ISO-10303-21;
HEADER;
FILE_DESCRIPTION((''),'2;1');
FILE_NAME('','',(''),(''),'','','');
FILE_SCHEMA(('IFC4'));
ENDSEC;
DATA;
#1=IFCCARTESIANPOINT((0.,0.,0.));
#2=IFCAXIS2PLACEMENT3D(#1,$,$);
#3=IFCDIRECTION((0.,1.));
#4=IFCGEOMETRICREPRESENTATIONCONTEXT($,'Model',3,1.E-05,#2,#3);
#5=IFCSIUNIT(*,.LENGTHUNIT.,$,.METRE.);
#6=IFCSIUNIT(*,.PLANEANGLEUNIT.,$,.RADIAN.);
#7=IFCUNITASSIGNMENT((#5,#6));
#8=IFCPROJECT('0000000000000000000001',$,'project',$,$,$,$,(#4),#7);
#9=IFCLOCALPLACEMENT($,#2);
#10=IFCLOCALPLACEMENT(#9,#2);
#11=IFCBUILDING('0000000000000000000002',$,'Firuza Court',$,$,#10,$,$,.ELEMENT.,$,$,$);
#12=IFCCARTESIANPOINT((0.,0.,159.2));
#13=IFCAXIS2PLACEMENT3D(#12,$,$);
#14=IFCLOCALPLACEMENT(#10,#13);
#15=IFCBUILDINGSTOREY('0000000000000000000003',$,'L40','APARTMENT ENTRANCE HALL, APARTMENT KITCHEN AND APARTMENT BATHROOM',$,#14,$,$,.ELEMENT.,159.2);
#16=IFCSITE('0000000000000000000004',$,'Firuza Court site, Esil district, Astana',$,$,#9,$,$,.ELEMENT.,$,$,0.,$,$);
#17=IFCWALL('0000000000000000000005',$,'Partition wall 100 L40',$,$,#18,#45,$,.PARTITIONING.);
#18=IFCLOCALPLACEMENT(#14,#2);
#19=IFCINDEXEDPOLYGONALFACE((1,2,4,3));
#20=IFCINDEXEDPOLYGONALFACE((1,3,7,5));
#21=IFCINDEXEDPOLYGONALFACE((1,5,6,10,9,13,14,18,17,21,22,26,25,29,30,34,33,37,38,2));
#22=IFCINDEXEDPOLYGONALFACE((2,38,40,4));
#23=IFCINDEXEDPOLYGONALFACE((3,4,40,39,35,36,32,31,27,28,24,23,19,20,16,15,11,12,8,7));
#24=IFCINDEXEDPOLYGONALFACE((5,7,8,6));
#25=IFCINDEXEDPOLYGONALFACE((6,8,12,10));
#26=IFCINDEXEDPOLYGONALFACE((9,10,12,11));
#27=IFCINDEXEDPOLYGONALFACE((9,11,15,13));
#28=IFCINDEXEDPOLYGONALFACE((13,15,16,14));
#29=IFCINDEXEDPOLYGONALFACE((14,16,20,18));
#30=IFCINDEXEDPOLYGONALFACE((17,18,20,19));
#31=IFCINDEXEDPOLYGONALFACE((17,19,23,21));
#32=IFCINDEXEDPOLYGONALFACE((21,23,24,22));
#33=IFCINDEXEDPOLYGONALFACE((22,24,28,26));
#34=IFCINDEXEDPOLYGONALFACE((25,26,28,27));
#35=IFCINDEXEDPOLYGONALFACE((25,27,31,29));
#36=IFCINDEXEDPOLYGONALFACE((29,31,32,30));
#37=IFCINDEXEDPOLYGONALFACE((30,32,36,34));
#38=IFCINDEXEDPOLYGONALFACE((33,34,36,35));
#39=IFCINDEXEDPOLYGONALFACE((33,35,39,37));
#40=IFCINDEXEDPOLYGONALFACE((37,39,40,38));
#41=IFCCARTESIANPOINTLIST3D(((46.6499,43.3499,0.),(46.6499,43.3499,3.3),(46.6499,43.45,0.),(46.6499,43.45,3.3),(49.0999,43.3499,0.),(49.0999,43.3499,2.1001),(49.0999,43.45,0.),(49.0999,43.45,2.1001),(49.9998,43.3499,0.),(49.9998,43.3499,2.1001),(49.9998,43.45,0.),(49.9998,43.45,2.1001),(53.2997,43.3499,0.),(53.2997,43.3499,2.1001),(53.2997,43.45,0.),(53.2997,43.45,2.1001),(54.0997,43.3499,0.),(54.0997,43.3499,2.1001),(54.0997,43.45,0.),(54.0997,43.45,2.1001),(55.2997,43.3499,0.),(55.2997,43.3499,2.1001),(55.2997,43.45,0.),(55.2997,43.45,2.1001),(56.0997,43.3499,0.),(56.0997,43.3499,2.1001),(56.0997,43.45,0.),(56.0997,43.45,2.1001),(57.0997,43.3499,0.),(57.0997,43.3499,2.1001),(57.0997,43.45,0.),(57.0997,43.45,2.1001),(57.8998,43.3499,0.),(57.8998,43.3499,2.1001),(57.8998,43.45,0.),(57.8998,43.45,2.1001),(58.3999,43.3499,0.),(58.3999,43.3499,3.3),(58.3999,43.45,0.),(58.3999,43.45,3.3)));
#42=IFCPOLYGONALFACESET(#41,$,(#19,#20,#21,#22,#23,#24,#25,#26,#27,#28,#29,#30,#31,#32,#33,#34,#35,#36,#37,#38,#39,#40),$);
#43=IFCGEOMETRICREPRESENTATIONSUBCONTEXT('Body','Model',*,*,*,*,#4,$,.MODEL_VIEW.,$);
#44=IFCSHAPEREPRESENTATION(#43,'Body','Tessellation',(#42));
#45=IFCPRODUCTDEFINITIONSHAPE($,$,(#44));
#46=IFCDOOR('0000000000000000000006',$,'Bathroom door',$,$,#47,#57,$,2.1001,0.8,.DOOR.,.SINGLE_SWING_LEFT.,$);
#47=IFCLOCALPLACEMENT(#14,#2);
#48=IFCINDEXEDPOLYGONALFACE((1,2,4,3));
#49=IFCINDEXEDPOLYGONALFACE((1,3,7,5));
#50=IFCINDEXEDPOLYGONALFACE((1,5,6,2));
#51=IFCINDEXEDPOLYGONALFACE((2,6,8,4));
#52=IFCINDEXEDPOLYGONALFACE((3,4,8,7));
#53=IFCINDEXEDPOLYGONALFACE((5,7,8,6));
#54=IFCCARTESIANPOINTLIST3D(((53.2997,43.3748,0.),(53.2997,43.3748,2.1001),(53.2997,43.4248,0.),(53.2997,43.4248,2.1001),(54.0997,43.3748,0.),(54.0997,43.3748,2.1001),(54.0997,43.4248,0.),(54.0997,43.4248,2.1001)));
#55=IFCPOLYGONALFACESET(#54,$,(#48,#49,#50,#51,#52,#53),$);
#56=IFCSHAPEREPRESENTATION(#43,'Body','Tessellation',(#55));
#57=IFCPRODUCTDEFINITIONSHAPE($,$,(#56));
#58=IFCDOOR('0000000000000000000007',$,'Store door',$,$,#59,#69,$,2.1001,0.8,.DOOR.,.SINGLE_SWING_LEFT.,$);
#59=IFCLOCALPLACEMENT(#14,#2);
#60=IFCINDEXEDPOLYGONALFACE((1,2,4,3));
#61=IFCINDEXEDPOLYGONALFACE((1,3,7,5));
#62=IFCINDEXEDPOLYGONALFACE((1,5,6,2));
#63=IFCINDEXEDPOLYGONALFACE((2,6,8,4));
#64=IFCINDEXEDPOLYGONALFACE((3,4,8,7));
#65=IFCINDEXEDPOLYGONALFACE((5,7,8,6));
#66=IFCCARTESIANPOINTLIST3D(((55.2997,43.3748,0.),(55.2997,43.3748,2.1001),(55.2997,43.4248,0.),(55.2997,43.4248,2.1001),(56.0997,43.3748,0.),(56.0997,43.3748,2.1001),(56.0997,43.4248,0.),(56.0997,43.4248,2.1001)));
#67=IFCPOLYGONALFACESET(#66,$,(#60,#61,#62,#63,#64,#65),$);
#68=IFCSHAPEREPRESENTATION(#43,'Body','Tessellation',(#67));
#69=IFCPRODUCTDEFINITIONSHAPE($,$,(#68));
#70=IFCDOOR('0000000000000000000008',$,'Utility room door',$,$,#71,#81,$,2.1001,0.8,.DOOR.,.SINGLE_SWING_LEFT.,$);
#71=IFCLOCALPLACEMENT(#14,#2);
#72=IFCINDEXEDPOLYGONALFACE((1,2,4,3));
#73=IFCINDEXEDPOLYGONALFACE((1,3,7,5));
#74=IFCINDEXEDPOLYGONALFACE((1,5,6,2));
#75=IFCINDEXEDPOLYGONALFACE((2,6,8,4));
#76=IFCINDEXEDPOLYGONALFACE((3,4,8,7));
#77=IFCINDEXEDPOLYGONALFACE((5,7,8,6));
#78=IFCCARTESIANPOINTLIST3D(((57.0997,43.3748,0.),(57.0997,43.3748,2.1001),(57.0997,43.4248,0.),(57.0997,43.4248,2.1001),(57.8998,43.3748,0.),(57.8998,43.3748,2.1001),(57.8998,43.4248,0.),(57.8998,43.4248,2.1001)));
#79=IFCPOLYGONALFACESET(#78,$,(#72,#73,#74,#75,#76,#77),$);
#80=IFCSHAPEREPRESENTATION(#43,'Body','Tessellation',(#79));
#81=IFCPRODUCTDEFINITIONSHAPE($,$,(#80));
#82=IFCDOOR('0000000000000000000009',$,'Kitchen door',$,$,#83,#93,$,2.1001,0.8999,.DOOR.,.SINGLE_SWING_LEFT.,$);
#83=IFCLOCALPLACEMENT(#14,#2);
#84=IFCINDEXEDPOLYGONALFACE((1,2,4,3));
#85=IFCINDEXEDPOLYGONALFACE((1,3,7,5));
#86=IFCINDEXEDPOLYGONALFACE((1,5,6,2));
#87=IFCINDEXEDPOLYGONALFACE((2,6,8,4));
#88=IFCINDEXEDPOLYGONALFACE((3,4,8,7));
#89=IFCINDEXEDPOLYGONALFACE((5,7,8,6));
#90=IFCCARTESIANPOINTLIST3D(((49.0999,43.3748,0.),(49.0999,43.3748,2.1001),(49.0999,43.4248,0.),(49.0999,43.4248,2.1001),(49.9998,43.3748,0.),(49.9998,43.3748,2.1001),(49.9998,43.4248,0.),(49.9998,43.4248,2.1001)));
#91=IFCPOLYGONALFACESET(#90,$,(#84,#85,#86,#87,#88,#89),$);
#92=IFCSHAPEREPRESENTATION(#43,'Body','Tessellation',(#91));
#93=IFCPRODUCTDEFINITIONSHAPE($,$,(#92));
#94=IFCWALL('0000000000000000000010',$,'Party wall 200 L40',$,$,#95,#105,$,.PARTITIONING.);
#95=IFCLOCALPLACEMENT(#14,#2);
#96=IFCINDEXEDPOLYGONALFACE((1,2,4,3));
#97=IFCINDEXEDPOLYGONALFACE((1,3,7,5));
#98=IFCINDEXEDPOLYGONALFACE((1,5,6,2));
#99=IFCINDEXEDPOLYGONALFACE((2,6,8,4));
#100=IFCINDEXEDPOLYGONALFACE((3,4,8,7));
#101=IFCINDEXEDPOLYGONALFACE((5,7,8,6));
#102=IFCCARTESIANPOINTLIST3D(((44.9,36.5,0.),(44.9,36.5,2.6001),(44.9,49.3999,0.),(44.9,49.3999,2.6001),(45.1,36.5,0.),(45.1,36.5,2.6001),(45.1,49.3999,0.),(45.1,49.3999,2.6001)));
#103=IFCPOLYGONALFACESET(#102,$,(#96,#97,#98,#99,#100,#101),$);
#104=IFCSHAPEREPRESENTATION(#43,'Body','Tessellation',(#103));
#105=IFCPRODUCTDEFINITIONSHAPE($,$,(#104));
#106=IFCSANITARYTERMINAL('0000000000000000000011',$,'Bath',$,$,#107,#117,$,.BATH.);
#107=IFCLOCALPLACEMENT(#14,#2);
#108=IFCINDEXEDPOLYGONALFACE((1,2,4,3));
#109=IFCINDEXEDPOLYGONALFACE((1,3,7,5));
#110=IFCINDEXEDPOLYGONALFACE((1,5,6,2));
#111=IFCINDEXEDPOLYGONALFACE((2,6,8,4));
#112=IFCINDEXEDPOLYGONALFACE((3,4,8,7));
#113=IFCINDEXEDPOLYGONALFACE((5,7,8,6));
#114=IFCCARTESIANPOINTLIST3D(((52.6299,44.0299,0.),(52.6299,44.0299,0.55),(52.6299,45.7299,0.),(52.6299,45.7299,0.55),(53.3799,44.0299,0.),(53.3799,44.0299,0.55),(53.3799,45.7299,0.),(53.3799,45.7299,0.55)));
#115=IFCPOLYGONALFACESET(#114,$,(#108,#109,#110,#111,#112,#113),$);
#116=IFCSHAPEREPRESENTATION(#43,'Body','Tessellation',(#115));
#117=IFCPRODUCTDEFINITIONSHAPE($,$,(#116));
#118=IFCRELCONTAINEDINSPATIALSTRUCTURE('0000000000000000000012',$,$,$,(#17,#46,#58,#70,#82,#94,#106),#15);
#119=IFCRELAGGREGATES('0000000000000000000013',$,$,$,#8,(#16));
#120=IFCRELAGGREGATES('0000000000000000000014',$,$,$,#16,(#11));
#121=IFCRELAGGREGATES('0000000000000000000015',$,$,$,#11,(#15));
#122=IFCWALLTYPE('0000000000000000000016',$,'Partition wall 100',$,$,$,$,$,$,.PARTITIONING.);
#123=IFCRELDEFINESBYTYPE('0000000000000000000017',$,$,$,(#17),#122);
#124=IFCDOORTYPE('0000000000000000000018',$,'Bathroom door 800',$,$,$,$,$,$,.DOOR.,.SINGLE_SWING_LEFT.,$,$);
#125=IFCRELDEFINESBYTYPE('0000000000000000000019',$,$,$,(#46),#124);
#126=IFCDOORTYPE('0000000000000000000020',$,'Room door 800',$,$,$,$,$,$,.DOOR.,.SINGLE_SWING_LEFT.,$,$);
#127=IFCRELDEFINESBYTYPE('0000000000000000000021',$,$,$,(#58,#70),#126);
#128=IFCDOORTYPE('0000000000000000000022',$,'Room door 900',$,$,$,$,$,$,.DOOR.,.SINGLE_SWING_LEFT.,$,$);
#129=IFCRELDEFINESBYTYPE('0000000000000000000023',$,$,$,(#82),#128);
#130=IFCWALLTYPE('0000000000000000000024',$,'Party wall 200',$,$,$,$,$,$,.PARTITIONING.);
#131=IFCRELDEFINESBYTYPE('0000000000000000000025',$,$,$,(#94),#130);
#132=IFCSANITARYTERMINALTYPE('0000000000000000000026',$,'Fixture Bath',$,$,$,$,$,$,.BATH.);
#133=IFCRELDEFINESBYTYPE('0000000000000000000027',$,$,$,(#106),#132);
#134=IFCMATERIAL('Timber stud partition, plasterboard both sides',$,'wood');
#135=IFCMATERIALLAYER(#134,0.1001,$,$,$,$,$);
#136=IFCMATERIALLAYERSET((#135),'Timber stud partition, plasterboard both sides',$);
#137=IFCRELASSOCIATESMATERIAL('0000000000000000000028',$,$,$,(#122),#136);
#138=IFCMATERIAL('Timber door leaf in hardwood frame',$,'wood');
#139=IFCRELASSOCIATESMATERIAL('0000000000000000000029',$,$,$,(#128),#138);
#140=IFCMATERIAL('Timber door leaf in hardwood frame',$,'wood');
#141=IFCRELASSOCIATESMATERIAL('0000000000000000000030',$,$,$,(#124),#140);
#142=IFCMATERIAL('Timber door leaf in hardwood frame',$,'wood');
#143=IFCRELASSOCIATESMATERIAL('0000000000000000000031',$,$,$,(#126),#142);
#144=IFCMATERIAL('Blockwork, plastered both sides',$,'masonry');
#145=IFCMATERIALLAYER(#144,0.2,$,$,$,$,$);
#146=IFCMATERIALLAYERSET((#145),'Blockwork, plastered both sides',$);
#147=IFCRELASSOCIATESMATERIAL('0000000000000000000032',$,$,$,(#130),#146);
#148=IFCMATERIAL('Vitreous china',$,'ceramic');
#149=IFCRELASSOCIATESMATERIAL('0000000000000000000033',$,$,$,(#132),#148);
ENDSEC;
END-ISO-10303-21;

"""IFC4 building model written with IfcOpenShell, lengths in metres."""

from ifc_helpers import new_model, si_unit, direction, frame, frame_2d, origin, origin_2d, place, context, subcontext, project, spatial, rectangle, extrude, material, layer, layer_set, type_object, element, fill, save


model = new_model("IFC4")

# Units and contexts
model_context = context("Model", 3, precision=1e-05, world=origin(), true_north=direction((0.0, 1.0)))
body_context = subcontext(model_context, "Body", "Model", "MODEL_VIEW")
ifc_project = project(units=[si_unit("LENGTHUNIT", "METRE"), si_unit("PLANEANGLEUNIT", "RADIAN")], contexts=[model_context])

# Site, building, storey
site_placement = place(None, origin())
site = spatial("IfcSite", under=ifc_project, at=site_placement, Name="Firuza Court site, Esil district, Astana", CompositionType="ELEMENT", RefElevation=0.0)
building_placement = place(site_placement, origin())
building = spatial("IfcBuilding", under=site, at=building_placement, Name="Firuza Court", CompositionType="ELEMENT")
storey_placement = place(building_placement, frame((0.0, 0.0, 159.2)))
storey = spatial("IfcBuildingStorey", under=building, at=storey_placement, Name="L40", Description="APARTMENT ENTRANCE HALL, APARTMENT KITCHEN AND APARTMENT BATHROOM", CompositionType="ELEMENT", Elevation=159.2)

# Shared definitions
ifc_material_1 = material(Name="Timber stud partition, plasterboard both sides", Category="wood")
ifc_layer_1 = layer(ifc_material_1, 0.1001)
ifc_layer_set_1 = layer_set([ifc_layer_1], Name="Timber stud partition, plasterboard both sides")
wall_type_1 = type_object("IfcWallType", Name="Partition wall 100", PredefinedType="PARTITIONING", material=ifc_layer_set_1)

# Shared definitions
ifc_material_2 = material(Name="Timber door leaf in hardwood frame", Category="wood")
door_type_1 = type_object("IfcDoorType", Name="Room door 900", OperationType="SINGLE_SWING_LEFT", PredefinedType="DOOR", material=ifc_material_2)

# Wall, openings, doors
wall_1_placement = place(storey_placement, frame((46.6499, 43.3999, 0.0), z_axis=(0.0, 0.0, 1.0), x_axis=(1.0, 0.0, 0.0)))
wall_1 = element("IfcWall", 1, at=wall_1_placement, inside=storey, type_object=wall_type_1, Name="Partition wall 100 L40", PredefinedType="PARTITIONING", context=body_context, shape_type="SweptSolid", body=[
    extrude(rectangle(XDim=11.75, YDim=0.1001, at=frame_2d((5.875, 0.0))), origin(), (0.0, 0.0, 1.0), 3.3),
])
opening_1_placement = place(wall_1_placement, frame((6.6499, 0.0, 0.0)))
opening_1 = element("IfcOpeningElement", 2, at=opening_1_placement, cuts=wall_1, PredefinedType="OPENING", context=body_context, shape_type="SweptSolid", body=[
    extrude(rectangle(XDim=0.8, YDim=2.1001, at=frame_2d((0.3999, 1.05))), frame((0.0, 0.062, 0.0), z_axis=(0.0, -1.0, 0.0), x_axis=(1.0, 0.0, 0.0)), (0.0, 0.0, 1.0), 0.124),
])
opening_2_placement = place(wall_1_placement, frame((2.45, 0.0, 0.0)))
opening_2 = element("IfcOpeningElement", 3, at=opening_2_placement, cuts=wall_1, PredefinedType="OPENING", context=body_context, shape_type="SweptSolid", body=[
    extrude(rectangle(XDim=0.8999, YDim=2.1001, at=frame_2d((0.45, 1.05))), frame((0.0, 0.062, 0.0), z_axis=(0.0, -1.0, 0.0), x_axis=(1.0, 0.0, 0.0)), (0.0, 0.0, 1.0), 0.124),
])
opening_3_placement = place(wall_1_placement, frame((8.6499, 0.0, 0.0)))
opening_3 = element("IfcOpeningElement", 4, at=opening_3_placement, cuts=wall_1, PredefinedType="OPENING", context=body_context, shape_type="SweptSolid", body=[
    extrude(rectangle(XDim=0.8, YDim=2.1001, at=frame_2d((0.3999, 1.05))), frame((0.0, 0.062, 0.0), z_axis=(0.0, -1.0, 0.0), x_axis=(1.0, 0.0, 0.0)), (0.0, 0.0, 1.0), 0.124),
])
opening_4_placement = place(wall_1_placement, frame((10.45, 0.0, 0.0)))
opening_4 = element("IfcOpeningElement", 5, at=opening_4_placement, cuts=wall_1, PredefinedType="OPENING", context=body_context, shape_type="SweptSolid", body=[
    extrude(rectangle(XDim=0.8, YDim=2.1001, at=frame_2d((0.3999, 1.05))), frame((0.0, 0.062, 0.0), z_axis=(0.0, -1.0, 0.0), x_axis=(1.0, 0.0, 0.0)), (0.0, 0.0, 1.0), 0.124),
])
ifc_material_3 = material(Name="Timber door leaf in hardwood frame", Category="wood")
door_type_2 = type_object("IfcDoorType", Name="Bathroom door 800", OperationType="SINGLE_SWING_LEFT", PredefinedType="DOOR", material=ifc_material_3)
door_1_placement = place(opening_1_placement, origin())
door_1 = element("IfcDoor", 6, at=door_1_placement, inside=storey, type_object=door_type_2, Name="Bathroom door", OperationType="SINGLE_SWING_LEFT", OverallHeight=2.1001, OverallWidth=0.8, PredefinedType="DOOR", context=body_context, shape_type="SweptSolid", body=[
    extrude(rectangle(XDim=0.8, YDim=2.1001, at=frame_2d((0.3999, 1.05))), frame((0.0, 0.0249, 0.0), z_axis=(0.0, -1.0, 0.0), x_axis=(1.0, 0.0, 0.0)), (0.0, 0.0, 1.0), 0.05),
])
fill(opening_1, door_1)
ifc_material_4 = material(Name="Timber door leaf in hardwood frame", Category="wood")
door_type_3 = type_object("IfcDoorType", Name="Room door 800", OperationType="SINGLE_SWING_LEFT", PredefinedType="DOOR", material=ifc_material_4)
door_2_placement = place(opening_3_placement, origin())
door_2 = element("IfcDoor", 7, at=door_2_placement, inside=storey, type_object=door_type_3, Name="Store door", OperationType="SINGLE_SWING_LEFT", OverallHeight=2.1001, OverallWidth=0.8, PredefinedType="DOOR", context=body_context, shape_type="SweptSolid", body=[
    extrude(rectangle(XDim=0.8, YDim=2.1001, at=frame_2d((0.3999, 1.05))), frame((0.0, 0.0249, 0.0), z_axis=(0.0, -1.0, 0.0), x_axis=(1.0, 0.0, 0.0)), (0.0, 0.0, 1.0), 0.05),
])
fill(opening_3, door_2)
door_3_placement = place(opening_4_placement, origin())
door_3 = element("IfcDoor", 8, at=door_3_placement, inside=storey, type_object=door_type_3, Name="Utility room door", OperationType="SINGLE_SWING_LEFT", OverallHeight=2.1001, OverallWidth=0.8, PredefinedType="DOOR", context=body_context, shape_type="SweptSolid", body=[
    extrude(rectangle(XDim=0.8, YDim=2.1001, at=frame_2d((0.3999, 1.05))), frame((0.0, 0.0249, 0.0), z_axis=(0.0, -1.0, 0.0), x_axis=(1.0, 0.0, 0.0)), (0.0, 0.0, 1.0), 0.05),
])
fill(opening_4, door_3)
door_4_placement = place(opening_2_placement, origin())
door_4 = element("IfcDoor", 9, at=door_4_placement, inside=storey, type_object=door_type_1, Name="Kitchen door", OperationType="SINGLE_SWING_LEFT", OverallHeight=2.1001, OverallWidth=0.8999, PredefinedType="DOOR", context=body_context, shape_type="SweptSolid", body=[
    extrude(rectangle(XDim=0.8999, YDim=2.1001, at=frame_2d((0.45, 1.05))), frame((0.0, 0.0249, 0.0), z_axis=(0.0, -1.0, 0.0), x_axis=(1.0, 0.0, 0.0)), (0.0, 0.0, 1.0), 0.05),
])
fill(opening_2, door_4)

# Wall
ifc_material_5 = material(Name="Blockwork, plastered both sides", Category="masonry")
ifc_layer_2 = layer(ifc_material_5, 0.2)
ifc_layer_set_2 = layer_set([ifc_layer_2], Name="Blockwork, plastered both sides")
wall_type_2 = type_object("IfcWallType", Name="Party wall 200", PredefinedType="PARTITIONING", material=ifc_layer_set_2)
wall_2_placement = place(storey_placement, frame((45.0, 36.5, 0.0), z_axis=(0.0, 0.0, 1.0), x_axis=(0.0, 1.0, 0.0)))
element("IfcWall", 10, at=wall_2_placement, inside=storey, type_object=wall_type_2, Name="Party wall 200 L40", PredefinedType="PARTITIONING", context=body_context, shape_type="SweptSolid", body=[
    extrude(rectangle(XDim=12.8999, YDim=0.2, at=frame_2d((6.45, 0.0))), origin(), (0.0, 0.0, 1.0), 2.6001),
])

# Sanitary terminal
ifc_material_6 = material(Name="Vitreous china", Category="ceramic")
sanitary_terminal_type = type_object("IfcSanitaryTerminalType", Name="Fixture Bath", PredefinedType="BATH", material=ifc_material_6)
sanitary_terminal_placement = place(storey_placement, frame((53.0049, 44.8799, 0.0), z_axis=(0.0, 0.0, 1.0), x_axis=(1.0, 0.0, 0.0)))
element("IfcSanitaryTerminal", 11, at=sanitary_terminal_placement, inside=storey, type_object=sanitary_terminal_type, Name="Bath", PredefinedType="BATH", context=body_context, shape_type="SweptSolid", body=[
    extrude(rectangle(XDim=0.75, YDim=1.7, at=origin_2d()), origin(), (0.0, 0.0, 1.0), 0.55),
])

save(model, "model.ifc")
